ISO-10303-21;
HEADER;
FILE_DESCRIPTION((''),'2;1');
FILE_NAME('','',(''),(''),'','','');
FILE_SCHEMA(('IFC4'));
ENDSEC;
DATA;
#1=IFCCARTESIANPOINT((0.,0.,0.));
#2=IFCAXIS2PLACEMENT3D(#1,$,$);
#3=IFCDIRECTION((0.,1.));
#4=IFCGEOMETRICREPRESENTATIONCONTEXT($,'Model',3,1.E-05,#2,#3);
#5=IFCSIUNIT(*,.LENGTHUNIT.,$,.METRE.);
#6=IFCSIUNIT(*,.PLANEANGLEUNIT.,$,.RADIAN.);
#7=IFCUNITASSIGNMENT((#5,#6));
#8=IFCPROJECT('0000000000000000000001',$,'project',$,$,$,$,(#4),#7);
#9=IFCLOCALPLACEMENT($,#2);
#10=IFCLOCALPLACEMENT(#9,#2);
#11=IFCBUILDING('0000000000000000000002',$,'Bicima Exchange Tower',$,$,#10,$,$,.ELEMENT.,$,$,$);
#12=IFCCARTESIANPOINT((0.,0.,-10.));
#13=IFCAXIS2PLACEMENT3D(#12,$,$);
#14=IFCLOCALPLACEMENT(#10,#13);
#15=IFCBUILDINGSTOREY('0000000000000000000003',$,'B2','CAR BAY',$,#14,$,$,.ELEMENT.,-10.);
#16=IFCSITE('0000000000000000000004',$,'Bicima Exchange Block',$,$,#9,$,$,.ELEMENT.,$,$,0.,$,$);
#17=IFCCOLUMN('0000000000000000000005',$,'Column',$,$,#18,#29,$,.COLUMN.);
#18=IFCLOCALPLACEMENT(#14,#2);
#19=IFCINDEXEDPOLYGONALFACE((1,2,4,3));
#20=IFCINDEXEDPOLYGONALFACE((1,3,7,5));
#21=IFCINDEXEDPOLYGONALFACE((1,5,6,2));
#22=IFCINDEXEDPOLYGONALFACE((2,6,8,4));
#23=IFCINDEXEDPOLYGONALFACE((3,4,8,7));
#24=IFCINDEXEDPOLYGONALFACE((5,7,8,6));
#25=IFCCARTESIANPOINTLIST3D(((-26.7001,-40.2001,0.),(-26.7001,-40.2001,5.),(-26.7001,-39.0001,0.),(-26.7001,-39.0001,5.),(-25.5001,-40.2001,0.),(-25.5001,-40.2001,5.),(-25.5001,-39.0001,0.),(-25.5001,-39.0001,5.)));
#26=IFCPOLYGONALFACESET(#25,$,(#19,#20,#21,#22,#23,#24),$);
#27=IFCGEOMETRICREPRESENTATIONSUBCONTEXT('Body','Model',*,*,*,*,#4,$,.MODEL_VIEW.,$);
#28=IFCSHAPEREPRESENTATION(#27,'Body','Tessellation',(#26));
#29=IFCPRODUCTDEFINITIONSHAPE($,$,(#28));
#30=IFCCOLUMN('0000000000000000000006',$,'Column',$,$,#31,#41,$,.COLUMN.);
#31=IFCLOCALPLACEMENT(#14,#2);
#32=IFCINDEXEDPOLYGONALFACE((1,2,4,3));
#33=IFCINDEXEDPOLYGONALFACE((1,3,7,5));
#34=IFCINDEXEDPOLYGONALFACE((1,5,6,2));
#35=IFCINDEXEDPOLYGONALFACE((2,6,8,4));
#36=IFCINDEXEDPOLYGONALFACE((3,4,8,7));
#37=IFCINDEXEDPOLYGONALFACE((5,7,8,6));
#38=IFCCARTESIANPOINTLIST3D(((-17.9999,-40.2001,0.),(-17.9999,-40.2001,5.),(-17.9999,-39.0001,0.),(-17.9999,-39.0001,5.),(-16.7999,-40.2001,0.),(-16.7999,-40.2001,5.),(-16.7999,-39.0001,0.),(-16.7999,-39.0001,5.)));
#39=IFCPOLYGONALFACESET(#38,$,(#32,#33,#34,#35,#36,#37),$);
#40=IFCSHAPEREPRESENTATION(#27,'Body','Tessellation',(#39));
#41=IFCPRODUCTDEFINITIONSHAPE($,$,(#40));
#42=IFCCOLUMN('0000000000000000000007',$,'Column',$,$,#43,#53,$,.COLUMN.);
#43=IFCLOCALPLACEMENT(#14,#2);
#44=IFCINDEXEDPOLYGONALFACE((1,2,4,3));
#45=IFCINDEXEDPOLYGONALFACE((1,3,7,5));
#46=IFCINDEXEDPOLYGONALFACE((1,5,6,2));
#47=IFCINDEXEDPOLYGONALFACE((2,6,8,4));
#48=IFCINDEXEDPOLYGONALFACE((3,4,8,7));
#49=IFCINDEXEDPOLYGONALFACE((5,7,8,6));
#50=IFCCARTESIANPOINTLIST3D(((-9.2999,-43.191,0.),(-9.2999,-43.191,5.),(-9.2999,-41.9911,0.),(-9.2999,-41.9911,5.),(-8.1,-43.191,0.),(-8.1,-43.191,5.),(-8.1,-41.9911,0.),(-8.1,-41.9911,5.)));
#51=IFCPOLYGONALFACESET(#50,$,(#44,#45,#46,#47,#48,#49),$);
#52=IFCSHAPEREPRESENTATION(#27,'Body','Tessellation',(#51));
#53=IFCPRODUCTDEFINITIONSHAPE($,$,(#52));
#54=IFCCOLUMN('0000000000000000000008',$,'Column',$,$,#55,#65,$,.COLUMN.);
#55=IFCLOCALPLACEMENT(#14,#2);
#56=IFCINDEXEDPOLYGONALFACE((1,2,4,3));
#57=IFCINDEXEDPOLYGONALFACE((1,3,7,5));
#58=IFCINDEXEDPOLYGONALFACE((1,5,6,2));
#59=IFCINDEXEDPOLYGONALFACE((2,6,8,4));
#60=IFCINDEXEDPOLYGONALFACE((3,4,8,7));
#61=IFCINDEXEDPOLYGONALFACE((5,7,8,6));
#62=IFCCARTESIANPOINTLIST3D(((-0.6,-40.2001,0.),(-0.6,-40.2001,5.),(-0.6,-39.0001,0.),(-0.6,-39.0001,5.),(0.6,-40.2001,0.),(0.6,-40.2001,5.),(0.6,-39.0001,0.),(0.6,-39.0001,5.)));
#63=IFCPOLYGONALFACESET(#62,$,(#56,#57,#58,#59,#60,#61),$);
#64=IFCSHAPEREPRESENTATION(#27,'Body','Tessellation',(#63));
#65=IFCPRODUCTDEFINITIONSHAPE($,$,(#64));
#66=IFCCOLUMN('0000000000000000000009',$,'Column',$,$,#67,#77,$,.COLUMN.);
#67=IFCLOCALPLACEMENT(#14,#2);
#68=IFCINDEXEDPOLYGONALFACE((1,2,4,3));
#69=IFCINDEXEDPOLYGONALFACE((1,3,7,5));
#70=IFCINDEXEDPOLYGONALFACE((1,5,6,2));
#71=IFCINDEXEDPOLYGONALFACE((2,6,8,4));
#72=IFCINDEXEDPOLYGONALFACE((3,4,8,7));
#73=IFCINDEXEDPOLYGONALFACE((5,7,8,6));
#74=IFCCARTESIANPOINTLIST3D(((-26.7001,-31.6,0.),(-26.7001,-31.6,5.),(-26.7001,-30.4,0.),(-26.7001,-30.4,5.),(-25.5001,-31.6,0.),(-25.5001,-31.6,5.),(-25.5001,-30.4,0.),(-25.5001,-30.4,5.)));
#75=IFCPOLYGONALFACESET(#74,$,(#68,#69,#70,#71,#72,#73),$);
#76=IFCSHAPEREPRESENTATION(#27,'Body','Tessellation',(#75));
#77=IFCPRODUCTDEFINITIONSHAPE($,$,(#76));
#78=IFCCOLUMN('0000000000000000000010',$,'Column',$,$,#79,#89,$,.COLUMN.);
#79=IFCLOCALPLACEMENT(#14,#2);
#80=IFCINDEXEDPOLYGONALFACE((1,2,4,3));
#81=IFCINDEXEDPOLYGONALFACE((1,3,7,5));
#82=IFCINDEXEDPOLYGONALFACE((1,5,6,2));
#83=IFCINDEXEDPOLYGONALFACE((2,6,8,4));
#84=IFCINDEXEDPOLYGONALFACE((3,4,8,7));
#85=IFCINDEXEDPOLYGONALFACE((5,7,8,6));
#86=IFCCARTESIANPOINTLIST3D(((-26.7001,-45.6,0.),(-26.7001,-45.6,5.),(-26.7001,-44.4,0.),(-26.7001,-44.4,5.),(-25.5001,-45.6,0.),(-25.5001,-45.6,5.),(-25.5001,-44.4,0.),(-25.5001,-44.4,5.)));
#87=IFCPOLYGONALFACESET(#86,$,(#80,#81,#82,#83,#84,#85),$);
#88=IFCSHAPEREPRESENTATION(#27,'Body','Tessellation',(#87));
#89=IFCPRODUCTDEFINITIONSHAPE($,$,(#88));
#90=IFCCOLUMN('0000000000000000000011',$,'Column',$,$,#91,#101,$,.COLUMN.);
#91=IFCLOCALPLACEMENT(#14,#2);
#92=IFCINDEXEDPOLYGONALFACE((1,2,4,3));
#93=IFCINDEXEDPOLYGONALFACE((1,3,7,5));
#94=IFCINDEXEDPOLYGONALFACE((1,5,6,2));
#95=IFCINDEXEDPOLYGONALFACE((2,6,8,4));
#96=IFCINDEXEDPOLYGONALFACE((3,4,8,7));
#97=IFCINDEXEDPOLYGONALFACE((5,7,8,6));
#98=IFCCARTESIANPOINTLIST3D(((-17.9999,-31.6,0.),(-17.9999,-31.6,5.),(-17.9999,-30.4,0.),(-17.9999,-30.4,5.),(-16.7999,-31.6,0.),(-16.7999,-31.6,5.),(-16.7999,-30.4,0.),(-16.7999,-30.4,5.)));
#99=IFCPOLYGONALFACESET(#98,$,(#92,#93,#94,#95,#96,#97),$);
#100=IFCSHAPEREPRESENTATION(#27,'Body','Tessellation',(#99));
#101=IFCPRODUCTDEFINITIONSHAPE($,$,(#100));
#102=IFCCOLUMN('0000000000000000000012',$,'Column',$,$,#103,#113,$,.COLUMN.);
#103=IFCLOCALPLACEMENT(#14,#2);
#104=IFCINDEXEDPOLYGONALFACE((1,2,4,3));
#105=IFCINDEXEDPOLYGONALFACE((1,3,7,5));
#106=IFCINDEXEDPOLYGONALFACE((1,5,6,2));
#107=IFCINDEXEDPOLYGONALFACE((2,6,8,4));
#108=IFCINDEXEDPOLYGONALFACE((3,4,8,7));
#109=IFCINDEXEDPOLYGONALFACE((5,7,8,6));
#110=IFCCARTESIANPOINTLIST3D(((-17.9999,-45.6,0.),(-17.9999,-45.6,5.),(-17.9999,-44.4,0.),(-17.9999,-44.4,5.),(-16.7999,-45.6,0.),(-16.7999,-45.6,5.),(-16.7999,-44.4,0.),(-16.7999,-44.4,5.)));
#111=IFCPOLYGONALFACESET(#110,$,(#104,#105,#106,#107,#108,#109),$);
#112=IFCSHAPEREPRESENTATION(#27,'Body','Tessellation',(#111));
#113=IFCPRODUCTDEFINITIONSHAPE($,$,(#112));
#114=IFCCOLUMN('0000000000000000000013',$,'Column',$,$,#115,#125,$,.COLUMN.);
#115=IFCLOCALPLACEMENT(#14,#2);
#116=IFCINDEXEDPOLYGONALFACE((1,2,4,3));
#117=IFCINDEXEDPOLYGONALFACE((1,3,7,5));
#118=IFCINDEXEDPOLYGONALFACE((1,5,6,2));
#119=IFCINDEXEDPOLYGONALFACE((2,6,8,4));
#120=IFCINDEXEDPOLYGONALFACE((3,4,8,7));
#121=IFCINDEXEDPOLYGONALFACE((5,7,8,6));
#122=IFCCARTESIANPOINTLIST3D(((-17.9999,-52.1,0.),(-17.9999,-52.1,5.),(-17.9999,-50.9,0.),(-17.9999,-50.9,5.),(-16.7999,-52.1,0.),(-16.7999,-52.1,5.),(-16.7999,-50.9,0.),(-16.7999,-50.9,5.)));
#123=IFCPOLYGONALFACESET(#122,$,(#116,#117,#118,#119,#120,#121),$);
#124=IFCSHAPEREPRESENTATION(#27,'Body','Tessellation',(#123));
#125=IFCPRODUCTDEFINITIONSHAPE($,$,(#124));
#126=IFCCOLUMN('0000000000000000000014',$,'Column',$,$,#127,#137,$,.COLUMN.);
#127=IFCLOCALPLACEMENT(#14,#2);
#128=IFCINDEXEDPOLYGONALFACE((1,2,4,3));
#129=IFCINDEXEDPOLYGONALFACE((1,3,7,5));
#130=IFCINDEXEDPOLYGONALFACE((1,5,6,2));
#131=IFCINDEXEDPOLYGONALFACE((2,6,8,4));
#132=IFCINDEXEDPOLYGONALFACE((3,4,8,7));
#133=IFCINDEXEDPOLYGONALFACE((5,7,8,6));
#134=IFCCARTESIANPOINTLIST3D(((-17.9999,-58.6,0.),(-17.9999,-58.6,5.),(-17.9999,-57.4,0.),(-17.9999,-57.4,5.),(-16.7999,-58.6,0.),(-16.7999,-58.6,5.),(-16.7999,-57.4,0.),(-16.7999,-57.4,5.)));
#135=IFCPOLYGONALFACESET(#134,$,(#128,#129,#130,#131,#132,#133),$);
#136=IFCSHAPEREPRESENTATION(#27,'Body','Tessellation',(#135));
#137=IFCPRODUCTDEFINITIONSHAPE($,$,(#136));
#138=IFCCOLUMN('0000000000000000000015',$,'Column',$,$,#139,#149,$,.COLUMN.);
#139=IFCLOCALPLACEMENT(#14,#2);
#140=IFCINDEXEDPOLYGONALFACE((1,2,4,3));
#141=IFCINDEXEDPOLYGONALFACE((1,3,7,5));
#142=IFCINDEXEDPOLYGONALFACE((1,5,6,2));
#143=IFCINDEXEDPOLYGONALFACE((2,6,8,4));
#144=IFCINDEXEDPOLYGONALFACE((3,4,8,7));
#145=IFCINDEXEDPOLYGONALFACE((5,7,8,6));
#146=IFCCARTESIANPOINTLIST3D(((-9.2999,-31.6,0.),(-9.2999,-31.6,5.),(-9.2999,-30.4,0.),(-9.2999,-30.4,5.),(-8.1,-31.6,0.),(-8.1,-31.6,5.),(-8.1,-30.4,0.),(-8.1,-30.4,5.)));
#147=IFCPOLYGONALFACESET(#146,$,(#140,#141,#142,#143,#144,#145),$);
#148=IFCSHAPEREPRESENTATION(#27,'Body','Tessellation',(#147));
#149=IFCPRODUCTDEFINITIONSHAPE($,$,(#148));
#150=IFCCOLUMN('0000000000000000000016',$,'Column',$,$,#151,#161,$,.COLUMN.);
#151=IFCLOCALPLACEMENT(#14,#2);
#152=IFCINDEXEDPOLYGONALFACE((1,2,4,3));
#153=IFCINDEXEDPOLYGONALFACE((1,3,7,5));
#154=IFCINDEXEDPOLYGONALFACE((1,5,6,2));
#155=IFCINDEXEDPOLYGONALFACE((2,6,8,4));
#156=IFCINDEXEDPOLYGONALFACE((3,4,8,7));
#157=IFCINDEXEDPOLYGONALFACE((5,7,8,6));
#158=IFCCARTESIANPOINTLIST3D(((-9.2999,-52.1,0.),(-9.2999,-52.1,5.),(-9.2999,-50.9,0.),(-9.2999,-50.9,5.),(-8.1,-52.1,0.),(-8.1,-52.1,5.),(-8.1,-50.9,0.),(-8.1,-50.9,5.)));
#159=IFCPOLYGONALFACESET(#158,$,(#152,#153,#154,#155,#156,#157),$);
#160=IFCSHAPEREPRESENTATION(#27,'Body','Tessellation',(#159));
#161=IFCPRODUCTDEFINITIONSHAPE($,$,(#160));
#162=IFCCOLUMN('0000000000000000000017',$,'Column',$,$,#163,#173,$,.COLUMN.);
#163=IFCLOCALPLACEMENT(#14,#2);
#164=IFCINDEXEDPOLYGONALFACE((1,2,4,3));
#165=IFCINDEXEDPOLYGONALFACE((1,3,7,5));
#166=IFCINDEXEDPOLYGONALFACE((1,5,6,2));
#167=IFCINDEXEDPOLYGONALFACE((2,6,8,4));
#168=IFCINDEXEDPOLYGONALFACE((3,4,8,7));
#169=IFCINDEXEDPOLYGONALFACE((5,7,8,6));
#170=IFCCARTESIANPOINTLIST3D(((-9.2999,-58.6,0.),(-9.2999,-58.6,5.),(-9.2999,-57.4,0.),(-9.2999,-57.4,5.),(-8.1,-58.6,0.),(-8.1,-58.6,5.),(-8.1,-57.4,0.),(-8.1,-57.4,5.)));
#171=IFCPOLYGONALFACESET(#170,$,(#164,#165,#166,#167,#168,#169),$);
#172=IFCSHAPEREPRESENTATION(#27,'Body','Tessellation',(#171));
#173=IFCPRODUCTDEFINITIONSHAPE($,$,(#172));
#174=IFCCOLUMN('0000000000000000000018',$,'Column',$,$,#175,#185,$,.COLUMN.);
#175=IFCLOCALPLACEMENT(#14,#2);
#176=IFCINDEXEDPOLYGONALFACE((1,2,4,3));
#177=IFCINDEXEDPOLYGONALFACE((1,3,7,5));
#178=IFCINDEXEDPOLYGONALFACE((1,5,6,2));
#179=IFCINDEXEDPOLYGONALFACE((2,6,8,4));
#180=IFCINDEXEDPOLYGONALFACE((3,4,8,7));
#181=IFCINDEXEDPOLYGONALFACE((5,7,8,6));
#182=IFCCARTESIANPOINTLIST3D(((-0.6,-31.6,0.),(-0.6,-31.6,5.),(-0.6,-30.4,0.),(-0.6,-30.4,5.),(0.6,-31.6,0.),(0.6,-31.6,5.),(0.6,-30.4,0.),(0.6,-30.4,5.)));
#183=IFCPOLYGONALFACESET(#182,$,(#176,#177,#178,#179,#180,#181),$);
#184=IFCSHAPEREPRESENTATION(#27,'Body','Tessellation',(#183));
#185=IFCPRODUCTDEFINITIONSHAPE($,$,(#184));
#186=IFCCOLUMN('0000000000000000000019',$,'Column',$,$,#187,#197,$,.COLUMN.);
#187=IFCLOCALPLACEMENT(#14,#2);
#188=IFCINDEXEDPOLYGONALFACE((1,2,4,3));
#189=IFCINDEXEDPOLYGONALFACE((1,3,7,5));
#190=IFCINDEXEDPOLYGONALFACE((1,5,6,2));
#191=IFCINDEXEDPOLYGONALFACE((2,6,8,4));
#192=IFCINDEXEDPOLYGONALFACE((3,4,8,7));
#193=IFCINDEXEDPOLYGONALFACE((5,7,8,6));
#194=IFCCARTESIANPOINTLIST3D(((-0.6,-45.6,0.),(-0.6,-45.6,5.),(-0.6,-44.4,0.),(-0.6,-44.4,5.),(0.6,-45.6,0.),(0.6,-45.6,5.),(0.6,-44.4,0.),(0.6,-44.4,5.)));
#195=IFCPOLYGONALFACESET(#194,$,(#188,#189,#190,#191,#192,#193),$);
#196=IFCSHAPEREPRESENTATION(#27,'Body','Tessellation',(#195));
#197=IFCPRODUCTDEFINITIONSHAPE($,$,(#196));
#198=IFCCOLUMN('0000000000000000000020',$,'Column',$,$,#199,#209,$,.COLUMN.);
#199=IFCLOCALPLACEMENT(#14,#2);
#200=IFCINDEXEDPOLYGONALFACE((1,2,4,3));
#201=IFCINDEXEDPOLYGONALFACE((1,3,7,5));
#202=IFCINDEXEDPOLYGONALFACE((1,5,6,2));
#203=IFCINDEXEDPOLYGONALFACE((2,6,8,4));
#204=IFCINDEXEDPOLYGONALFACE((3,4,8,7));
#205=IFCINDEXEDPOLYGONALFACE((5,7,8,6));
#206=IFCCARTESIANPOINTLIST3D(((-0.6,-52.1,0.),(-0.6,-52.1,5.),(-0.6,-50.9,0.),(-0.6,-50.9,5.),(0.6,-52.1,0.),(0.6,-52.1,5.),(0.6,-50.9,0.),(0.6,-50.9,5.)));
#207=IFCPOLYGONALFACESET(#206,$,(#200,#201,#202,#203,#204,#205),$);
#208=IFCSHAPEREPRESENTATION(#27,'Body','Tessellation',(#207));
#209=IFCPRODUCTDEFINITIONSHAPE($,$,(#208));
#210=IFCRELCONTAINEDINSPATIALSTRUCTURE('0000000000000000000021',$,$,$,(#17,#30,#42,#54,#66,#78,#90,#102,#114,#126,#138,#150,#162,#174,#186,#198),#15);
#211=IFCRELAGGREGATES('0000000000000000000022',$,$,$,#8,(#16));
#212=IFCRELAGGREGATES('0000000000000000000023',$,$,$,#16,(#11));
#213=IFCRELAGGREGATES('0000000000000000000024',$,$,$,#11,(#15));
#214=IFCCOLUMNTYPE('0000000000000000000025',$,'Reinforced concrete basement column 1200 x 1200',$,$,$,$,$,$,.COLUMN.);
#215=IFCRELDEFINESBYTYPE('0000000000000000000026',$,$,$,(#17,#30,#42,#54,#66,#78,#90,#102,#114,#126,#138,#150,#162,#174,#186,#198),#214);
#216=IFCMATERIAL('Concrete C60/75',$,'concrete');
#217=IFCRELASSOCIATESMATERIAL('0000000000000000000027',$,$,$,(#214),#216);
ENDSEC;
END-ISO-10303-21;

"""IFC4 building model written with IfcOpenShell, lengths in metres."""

from ifc_helpers import new_model, si_unit, direction, frame, origin, origin_2d, place, context, subcontext, project, spatial, rectangle, extrude, material, material_profile, profile_set, type_object, element, save


model = new_model("IFC4")

# Units and contexts
model_context = context("Model", 3, precision=1e-05, world=origin(), true_north=direction((0.0, 1.0)))
body_context = subcontext(model_context, "Body", "Model", "MODEL_VIEW")
ifc_project = project(units=[si_unit("LENGTHUNIT", "METRE"), si_unit("PLANEANGLEUNIT", "RADIAN")], contexts=[model_context])

# Site, building, storey
site_placement = place(None, origin())
site = spatial("IfcSite", under=ifc_project, at=site_placement, Name="Bicima Exchange Block", CompositionType="ELEMENT", RefElevation=0.0)
building_placement = place(site_placement, origin())
building = spatial("IfcBuilding", under=site, at=building_placement, Name="Bicima Exchange Tower", CompositionType="ELEMENT")
storey_placement = place(building_placement, frame((0.0, 0.0, -10.0)))
storey = spatial("IfcBuildingStorey", under=building, at=storey_placement, Name="B2", Description="CAR BAY", CompositionType="ELEMENT", Elevation=-10.0)

# Columns
ifc_material = material(Name="Concrete C60/75", Category="concrete")
ifc_material_profile = material_profile(ifc_material, rectangle(XDim=1.2, YDim=1.2, at=origin_2d()))
ifc_profile_set = profile_set([ifc_material_profile], Name="Concrete C60/75")
column_type = type_object("IfcColumnType", Name="Reinforced concrete basement column 1200 x 1200", PredefinedType="COLUMN", material=ifc_profile_set)
for number, where, z_axis, x_axis, name in (
    (1, (-26.1001, -39.6001, 0.0), (0.0, 0.0, 1.0), (1.0, 0.0, 0.0), "Column"),
    (2, (-17.3999, -39.6001, 0.0), (0.0, 0.0, 1.0), (1.0, 0.0, 0.0), "Column"),
    (3, (-8.7, -42.5911, 0.0), (0.0, 0.0, 1.0), (1.0, 0.0, 0.0), "Column"),
    (4, (0.0, -39.6001, 0.0), (0.0, 0.0, 1.0), (1.0, 0.0, 0.0), "Column"),
    (5, (-26.1001, -31.0, 0.0), (0.0, 0.0, 1.0), (1.0, 0.0, 0.0), "Column"),
    (6, (-26.1001, -45.0, 0.0), (0.0, 0.0, 1.0), (1.0, 0.0, 0.0), "Column"),
    (7, (-17.3999, -31.0, 0.0), (0.0, 0.0, 1.0), (1.0, 0.0, 0.0), "Column"),
    (8, (-17.3999, -45.0, 0.0), (0.0, 0.0, 1.0), (1.0, 0.0, 0.0), "Column"),
    (9, (-17.3999, -51.5, 0.0), (0.0, 0.0, 1.0), (1.0, 0.0, 0.0), "Column"),
    (10, (-17.3999, -58.0, 0.0), (0.0, 0.0, 1.0), (1.0, 0.0, 0.0), "Column"),
    (11, (-8.7, -31.0, 0.0), (0.0, 0.0, 1.0), (1.0, 0.0, 0.0), "Column"),
    (12, (-8.7, -51.5, 0.0), (0.0, 0.0, 1.0), (1.0, 0.0, 0.0), "Column"),
    (13, (-8.7, -58.0, 0.0), (0.0, 0.0, 1.0), (1.0, 0.0, 0.0), "Column"),
    (14, (0.0, -31.0, 0.0), (0.0, 0.0, 1.0), (1.0, 0.0, 0.0), "Column"),
    (15, (0.0, -45.0, 0.0), (0.0, 0.0, 1.0), (1.0, 0.0, 0.0), "Column"),
    (16, (0.0, -51.5, 0.0), (0.0, 0.0, 1.0), (1.0, 0.0, 0.0), "Column"),
):
    element("IfcColumn", number, at=place(storey_placement, frame(where, z_axis=z_axis, x_axis=x_axis)), inside=storey, type_object=column_type, Name=name, PredefinedType="COLUMN", context=body_context, shape_type="SweptSolid", body=[
        extrude(rectangle(XDim=1.2, YDim=1.2, at=origin_2d()), origin(), (0.0, 0.0, 1.0), 5.0),
    ])

save(model, "model.ifc")
